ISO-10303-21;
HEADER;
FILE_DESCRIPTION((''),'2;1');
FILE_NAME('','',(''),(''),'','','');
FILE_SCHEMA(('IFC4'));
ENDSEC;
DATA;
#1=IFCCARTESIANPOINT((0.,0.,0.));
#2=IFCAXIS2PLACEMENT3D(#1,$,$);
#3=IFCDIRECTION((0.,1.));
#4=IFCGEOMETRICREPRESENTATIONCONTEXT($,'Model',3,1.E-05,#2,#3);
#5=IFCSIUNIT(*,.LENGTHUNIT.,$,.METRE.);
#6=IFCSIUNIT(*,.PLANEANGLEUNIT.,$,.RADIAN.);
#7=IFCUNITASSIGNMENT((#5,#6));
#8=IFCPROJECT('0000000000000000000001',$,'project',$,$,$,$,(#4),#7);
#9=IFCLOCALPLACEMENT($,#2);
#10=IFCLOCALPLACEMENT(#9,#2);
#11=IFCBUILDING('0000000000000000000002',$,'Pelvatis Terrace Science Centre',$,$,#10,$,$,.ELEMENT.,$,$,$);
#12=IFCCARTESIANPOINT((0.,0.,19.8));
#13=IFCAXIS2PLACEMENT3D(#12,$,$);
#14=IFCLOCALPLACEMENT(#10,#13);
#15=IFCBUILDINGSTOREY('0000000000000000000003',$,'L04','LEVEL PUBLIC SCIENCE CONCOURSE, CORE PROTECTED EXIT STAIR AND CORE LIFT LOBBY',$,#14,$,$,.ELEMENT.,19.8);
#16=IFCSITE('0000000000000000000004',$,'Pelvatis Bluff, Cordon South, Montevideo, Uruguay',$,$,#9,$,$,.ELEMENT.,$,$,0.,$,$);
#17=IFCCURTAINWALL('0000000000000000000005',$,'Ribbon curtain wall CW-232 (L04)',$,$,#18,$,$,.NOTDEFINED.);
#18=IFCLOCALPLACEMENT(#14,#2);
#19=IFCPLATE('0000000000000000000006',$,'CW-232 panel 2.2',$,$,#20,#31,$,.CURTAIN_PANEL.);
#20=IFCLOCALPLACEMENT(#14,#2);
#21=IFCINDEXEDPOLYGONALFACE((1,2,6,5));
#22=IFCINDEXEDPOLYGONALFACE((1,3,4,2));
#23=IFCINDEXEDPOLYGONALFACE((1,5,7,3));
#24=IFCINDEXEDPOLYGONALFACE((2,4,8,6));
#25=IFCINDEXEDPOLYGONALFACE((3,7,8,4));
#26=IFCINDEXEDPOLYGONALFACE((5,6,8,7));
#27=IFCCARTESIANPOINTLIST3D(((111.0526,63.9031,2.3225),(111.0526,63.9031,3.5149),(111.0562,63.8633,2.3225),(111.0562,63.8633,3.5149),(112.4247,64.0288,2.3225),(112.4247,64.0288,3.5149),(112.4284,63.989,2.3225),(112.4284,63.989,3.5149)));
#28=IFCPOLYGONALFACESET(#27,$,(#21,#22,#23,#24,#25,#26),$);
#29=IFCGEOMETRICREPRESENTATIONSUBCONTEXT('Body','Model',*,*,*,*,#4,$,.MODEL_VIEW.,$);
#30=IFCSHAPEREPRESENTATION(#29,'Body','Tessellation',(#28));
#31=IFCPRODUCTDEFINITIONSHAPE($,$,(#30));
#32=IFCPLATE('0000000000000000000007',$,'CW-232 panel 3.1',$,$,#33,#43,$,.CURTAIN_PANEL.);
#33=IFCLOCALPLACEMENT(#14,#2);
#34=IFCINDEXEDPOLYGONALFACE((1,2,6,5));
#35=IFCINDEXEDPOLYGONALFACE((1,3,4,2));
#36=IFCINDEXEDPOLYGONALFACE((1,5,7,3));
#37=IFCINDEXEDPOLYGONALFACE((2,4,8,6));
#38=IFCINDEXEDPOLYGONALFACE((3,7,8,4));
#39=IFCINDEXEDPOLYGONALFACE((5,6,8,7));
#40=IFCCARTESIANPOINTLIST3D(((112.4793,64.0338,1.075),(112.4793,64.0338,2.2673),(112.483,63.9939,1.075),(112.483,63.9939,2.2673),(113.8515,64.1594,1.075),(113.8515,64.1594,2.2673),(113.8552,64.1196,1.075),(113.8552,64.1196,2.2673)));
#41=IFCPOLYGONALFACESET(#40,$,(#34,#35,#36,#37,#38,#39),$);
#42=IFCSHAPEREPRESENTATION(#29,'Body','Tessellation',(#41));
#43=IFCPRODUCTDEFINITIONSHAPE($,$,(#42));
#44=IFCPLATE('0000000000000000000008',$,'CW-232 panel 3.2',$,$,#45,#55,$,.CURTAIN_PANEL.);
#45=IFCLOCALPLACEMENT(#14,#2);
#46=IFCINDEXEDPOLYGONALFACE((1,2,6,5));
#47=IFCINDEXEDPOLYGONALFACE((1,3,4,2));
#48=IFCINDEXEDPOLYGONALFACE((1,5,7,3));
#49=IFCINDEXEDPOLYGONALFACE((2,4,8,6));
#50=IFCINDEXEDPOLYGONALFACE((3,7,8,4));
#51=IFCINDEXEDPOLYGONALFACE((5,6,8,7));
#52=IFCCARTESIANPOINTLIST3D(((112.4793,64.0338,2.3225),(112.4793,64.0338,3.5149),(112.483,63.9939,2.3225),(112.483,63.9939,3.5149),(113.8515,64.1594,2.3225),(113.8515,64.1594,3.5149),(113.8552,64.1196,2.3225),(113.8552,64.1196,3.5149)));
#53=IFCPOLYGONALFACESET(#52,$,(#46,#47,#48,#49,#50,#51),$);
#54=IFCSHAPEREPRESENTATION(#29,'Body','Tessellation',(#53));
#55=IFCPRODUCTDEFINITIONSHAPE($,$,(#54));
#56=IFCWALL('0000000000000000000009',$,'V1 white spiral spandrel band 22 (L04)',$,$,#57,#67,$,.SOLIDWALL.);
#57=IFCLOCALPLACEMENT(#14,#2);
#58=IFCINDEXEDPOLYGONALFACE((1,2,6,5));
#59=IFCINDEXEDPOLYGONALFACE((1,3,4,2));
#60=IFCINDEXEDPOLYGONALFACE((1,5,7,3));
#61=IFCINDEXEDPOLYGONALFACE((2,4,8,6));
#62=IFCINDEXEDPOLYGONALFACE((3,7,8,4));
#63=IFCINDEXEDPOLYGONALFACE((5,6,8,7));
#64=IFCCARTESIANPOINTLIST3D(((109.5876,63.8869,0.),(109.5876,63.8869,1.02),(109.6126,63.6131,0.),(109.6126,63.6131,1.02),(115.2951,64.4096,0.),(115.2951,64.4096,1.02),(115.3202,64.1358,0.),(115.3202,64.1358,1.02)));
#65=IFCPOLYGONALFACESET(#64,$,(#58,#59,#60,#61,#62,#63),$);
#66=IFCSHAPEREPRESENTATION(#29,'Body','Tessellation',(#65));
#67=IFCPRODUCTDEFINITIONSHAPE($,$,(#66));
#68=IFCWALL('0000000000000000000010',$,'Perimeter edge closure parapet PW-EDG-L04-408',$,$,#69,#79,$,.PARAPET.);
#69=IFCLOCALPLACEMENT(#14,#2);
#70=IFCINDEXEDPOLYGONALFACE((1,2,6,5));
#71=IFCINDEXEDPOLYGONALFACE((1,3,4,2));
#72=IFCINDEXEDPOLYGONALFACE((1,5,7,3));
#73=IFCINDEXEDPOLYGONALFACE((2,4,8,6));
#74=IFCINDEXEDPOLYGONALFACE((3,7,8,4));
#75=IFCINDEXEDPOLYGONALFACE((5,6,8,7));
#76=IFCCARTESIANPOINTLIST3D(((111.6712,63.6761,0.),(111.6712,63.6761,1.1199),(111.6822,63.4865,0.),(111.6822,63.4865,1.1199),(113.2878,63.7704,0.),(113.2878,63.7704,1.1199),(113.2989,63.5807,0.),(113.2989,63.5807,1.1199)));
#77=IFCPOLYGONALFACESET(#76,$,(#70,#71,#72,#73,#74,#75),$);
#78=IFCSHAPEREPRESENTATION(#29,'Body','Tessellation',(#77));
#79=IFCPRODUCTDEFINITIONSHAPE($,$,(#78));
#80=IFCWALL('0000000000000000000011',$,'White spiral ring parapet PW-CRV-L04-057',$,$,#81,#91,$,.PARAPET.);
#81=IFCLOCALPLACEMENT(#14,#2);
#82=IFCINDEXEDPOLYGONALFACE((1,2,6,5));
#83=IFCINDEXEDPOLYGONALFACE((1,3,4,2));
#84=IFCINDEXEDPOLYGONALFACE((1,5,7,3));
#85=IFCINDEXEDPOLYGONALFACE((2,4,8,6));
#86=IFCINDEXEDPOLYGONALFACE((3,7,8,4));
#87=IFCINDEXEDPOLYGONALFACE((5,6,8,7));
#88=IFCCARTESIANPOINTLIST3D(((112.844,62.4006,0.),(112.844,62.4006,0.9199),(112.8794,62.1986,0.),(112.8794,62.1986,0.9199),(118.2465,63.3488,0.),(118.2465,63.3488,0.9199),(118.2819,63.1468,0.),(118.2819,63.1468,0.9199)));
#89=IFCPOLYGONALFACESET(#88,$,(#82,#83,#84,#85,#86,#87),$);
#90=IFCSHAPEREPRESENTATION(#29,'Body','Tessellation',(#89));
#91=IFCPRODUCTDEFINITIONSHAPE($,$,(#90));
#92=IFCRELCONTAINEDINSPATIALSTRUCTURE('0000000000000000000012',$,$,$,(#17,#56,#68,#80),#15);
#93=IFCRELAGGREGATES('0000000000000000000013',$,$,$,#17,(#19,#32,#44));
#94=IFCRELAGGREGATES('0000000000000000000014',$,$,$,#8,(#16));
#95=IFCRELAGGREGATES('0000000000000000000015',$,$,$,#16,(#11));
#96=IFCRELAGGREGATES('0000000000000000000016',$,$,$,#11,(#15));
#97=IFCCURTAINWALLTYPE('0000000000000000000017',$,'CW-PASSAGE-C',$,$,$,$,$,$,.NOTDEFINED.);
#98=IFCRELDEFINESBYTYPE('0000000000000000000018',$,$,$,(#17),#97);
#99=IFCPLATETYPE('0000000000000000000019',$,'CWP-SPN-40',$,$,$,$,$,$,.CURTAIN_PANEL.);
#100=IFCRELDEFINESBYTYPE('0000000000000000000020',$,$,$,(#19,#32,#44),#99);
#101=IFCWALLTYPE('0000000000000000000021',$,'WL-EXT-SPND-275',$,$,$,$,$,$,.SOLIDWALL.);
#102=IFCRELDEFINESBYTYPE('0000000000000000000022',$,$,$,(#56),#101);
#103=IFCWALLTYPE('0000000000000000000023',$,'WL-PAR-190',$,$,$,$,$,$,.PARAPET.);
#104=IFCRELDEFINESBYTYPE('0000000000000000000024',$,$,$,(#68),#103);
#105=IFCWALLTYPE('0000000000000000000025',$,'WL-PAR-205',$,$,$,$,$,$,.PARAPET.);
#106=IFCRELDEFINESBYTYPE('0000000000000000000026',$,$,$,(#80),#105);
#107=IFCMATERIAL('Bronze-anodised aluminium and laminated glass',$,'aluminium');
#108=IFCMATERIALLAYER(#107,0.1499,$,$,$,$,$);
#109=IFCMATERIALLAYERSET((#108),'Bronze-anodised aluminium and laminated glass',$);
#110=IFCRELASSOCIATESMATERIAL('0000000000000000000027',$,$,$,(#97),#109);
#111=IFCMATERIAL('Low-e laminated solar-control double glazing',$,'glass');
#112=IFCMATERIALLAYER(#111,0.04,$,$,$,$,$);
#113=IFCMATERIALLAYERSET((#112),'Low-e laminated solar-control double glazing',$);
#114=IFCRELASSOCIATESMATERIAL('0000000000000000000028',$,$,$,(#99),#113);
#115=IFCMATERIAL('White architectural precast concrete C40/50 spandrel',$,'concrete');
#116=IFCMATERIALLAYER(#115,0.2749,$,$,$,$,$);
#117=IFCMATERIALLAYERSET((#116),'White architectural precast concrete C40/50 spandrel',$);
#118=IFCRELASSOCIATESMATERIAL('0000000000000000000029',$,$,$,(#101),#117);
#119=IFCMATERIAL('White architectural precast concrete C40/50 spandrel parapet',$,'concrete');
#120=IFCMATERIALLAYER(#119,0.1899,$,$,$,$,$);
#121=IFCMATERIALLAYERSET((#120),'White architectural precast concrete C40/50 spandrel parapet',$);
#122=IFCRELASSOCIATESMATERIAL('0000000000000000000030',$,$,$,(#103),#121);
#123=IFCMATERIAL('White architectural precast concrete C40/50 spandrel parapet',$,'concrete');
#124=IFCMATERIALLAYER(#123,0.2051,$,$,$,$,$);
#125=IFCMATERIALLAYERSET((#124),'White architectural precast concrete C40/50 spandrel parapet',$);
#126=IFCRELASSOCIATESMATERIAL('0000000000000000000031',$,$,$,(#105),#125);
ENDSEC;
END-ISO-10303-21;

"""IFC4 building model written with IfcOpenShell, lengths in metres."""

from ifc_helpers import new_model, si_unit, direction, frame, frame_2d, origin, origin_2d, place, context, subcontext, project, spatial, rectangle, extrude, material, layer, layer_set, type_object, element, aggregate, save


model = new_model("IFC4")

# Units and contexts
model_context = context("Model", 3, precision=1e-05, world=origin(), true_north=direction((0.0, 1.0)))
body_context = subcontext(model_context, "Body", "Model", "MODEL_VIEW")
ifc_project = project(units=[si_unit("LENGTHUNIT", "METRE"), si_unit("PLANEANGLEUNIT", "RADIAN")], contexts=[model_context])

# Site, building, storey
site_placement = place(None, origin())
site = spatial("IfcSite", under=ifc_project, at=site_placement, Name="Pelvatis Bluff, Cordon South, Montevideo, Uruguay", CompositionType="ELEMENT", RefElevation=0.0)
building_placement = place(site_placement, origin())
building = spatial("IfcBuilding", under=site, at=building_placement, Name="Pelvatis Terrace Science Centre", CompositionType="ELEMENT")
storey_placement = place(building_placement, frame((0.0, 0.0, 19.8)))
storey = spatial("IfcBuildingStorey", under=building, at=storey_placement, Name="L04", Description="LEVEL PUBLIC SCIENCE CONCOURSE, CORE PROTECTED EXIT STAIR AND CORE LIFT LOBBY", CompositionType="ELEMENT", Elevation=19.8)

# Curtain wall
ifc_material_1 = material(Name="Bronze-anodised aluminium and laminated glass", Category="aluminium")
ifc_layer_1 = layer(ifc_material_1, 0.1499)
ifc_layer_set_1 = layer_set([ifc_layer_1], Name="Bronze-anodised aluminium and laminated glass")
curtain_wall_type = type_object("IfcCurtainWallType", Name="CW-PASSAGE-C", PredefinedType="NOTDEFINED", material=ifc_layer_set_1)
curtain_wall_1_placement = place(storey_placement, origin())
curtain_wall_1 = element("IfcCurtainWall", 1, at=curtain_wall_1_placement, inside=storey, type_object=curtain_wall_type, Name="Ribbon curtain wall CW-232 (L04)", PredefinedType="NOTDEFINED")

# Plates
ifc_material_2 = material(Name="Low-e laminated solar-control double glazing", Category="glass")
ifc_layer_2 = layer(ifc_material_2, 0.04)
ifc_layer_set_2 = layer_set([ifc_layer_2], Name="Low-e laminated solar-control double glazing")
plate_type = type_object("IfcPlateType", Name="CWP-SPN-40", PredefinedType="CURTAIN_PANEL", material=ifc_layer_set_2)
plate_1_placement = place(storey_placement, frame((111.7405, 63.946, 2.3225), z_axis=(0.0, 0.0, 1.0), x_axis=(0.995831, 0.091214, 0.0)))
plate_1 = element("IfcPlate", 2, at=plate_1_placement, type_object=plate_type, Name="CW-232 panel 2.2", PredefinedType="CURTAIN_PANEL", context=body_context, shape_type="SweptSolid", body=[
    extrude(rectangle(XDim=1.3779, YDim=0.04, at=origin_2d()), origin(), (0.0, 0.0, 1.0), 1.1924),
])
plate_2_placement = place(storey_placement, frame((113.1672, 64.0767, 1.075), z_axis=(0.0, 0.0, 1.0), x_axis=(0.995831, 0.091214, 0.0)))
plate_2 = element("IfcPlate", 3, at=plate_2_placement, type_object=plate_type, Name="CW-232 panel 3.1", PredefinedType="CURTAIN_PANEL", context=body_context, shape_type="SweptSolid", body=[
    extrude(rectangle(XDim=1.3779, YDim=0.04, at=origin_2d()), origin(), (0.0, 0.0, 1.0), 1.1924),
])
plate_3_placement = place(storey_placement, frame((113.1672, 64.0767, 2.3225), z_axis=(0.0, 0.0, 1.0), x_axis=(0.995831, 0.091214, 0.0)))
plate_3 = element("IfcPlate", 4, at=plate_3_placement, type_object=plate_type, Name="CW-232 panel 3.2", PredefinedType="CURTAIN_PANEL", context=body_context, shape_type="SweptSolid", body=[
    extrude(rectangle(XDim=1.3779, YDim=0.04, at=origin_2d()), origin(), (0.0, 0.0, 1.0), 1.1924),
])
aggregate(curtain_wall_1, [plate_1, plate_2, plate_3])

# Walls
ifc_material_3 = material(Name="White architectural precast concrete C40/50 spandrel", Category="concrete")
ifc_layer_3 = layer(ifc_material_3, 0.2749)
ifc_layer_set_3 = layer_set([ifc_layer_3], Name="White architectural precast concrete C40/50 spandrel")
wall_type_1 = type_object("IfcWallType", Name="WL-EXT-SPND-275", PredefinedType="SOLIDWALL", material=ifc_layer_set_3)
wall_1_placement = place(storey_placement, frame((109.6001, 63.75, 0.0), z_axis=(0.0, 0.0, 1.0), x_axis=(0.995833, 0.0912, 0.0)))
element("IfcWall", 5, at=wall_1_placement, inside=storey, type_object=wall_type_1, Name="V1 white spiral spandrel band 22 (L04)", PredefinedType="SOLIDWALL", context=body_context, shape_type="SweptSolid", body=[
    extrude(rectangle(XDim=5.7314, YDim=0.2749, at=frame_2d((2.8657, 0.0))), origin(), (0.0, 0.0, 1.0), 1.02),
])
ifc_material_4 = material(Name="White architectural precast concrete C40/50 spandrel parapet", Category="concrete")
ifc_layer_4 = layer(ifc_material_4, 0.1899)
ifc_layer_set_4 = layer_set([ifc_layer_4], Name="White architectural precast concrete C40/50 spandrel parapet")
wall_type_2 = type_object("IfcWallType", Name="WL-PAR-190", PredefinedType="PARAPET", material=ifc_layer_set_4)
wall_2_placement = place(storey_placement, frame((113.2932, 63.6755, 0.0), z_axis=(0.0, 0.0, 1.0), x_axis=(-0.998305, -0.058192, 0.0)))
element("IfcWall", 6, at=wall_2_placement, inside=storey, type_object=wall_type_2, Name="Perimeter edge closure parapet PW-EDG-L04-408", PredefinedType="PARAPET", context=body_context, shape_type="SweptSolid", body=[
    extrude(rectangle(XDim=1.6194, YDim=0.1899, at=frame_2d((0.8096, 0.0))), origin(), (0.0, 0.0, 1.0), 1.1199),
])
ifc_material_5 = material(Name="White architectural precast concrete C40/50 spandrel parapet", Category="concrete")
ifc_layer_5 = layer(ifc_material_5, 0.2051)
ifc_layer_set_5 = layer_set([ifc_layer_5], Name="White architectural precast concrete C40/50 spandrel parapet")
wall_type_3 = type_object("IfcWallType", Name="WL-PAR-205", PredefinedType="PARAPET", material=ifc_layer_set_5)
wall_3_placement = place(storey_placement, frame((112.8616, 62.2996, 0.0), z_axis=(0.0, 0.0, 1.0), x_axis=(0.984944, 0.172874, 0.0)))
element("IfcWall", 7, at=wall_3_placement, inside=storey, type_object=wall_type_3, Name="White spiral ring parapet PW-CRV-L04-057", PredefinedType="PARAPET", context=body_context, shape_type="SweptSolid", body=[
    extrude(rectangle(XDim=5.4851, YDim=0.2051, at=frame_2d((2.7427, 0.0))), origin(), (0.0, 0.0, 1.0), 0.9199),
])

save(model, "model.ifc")
